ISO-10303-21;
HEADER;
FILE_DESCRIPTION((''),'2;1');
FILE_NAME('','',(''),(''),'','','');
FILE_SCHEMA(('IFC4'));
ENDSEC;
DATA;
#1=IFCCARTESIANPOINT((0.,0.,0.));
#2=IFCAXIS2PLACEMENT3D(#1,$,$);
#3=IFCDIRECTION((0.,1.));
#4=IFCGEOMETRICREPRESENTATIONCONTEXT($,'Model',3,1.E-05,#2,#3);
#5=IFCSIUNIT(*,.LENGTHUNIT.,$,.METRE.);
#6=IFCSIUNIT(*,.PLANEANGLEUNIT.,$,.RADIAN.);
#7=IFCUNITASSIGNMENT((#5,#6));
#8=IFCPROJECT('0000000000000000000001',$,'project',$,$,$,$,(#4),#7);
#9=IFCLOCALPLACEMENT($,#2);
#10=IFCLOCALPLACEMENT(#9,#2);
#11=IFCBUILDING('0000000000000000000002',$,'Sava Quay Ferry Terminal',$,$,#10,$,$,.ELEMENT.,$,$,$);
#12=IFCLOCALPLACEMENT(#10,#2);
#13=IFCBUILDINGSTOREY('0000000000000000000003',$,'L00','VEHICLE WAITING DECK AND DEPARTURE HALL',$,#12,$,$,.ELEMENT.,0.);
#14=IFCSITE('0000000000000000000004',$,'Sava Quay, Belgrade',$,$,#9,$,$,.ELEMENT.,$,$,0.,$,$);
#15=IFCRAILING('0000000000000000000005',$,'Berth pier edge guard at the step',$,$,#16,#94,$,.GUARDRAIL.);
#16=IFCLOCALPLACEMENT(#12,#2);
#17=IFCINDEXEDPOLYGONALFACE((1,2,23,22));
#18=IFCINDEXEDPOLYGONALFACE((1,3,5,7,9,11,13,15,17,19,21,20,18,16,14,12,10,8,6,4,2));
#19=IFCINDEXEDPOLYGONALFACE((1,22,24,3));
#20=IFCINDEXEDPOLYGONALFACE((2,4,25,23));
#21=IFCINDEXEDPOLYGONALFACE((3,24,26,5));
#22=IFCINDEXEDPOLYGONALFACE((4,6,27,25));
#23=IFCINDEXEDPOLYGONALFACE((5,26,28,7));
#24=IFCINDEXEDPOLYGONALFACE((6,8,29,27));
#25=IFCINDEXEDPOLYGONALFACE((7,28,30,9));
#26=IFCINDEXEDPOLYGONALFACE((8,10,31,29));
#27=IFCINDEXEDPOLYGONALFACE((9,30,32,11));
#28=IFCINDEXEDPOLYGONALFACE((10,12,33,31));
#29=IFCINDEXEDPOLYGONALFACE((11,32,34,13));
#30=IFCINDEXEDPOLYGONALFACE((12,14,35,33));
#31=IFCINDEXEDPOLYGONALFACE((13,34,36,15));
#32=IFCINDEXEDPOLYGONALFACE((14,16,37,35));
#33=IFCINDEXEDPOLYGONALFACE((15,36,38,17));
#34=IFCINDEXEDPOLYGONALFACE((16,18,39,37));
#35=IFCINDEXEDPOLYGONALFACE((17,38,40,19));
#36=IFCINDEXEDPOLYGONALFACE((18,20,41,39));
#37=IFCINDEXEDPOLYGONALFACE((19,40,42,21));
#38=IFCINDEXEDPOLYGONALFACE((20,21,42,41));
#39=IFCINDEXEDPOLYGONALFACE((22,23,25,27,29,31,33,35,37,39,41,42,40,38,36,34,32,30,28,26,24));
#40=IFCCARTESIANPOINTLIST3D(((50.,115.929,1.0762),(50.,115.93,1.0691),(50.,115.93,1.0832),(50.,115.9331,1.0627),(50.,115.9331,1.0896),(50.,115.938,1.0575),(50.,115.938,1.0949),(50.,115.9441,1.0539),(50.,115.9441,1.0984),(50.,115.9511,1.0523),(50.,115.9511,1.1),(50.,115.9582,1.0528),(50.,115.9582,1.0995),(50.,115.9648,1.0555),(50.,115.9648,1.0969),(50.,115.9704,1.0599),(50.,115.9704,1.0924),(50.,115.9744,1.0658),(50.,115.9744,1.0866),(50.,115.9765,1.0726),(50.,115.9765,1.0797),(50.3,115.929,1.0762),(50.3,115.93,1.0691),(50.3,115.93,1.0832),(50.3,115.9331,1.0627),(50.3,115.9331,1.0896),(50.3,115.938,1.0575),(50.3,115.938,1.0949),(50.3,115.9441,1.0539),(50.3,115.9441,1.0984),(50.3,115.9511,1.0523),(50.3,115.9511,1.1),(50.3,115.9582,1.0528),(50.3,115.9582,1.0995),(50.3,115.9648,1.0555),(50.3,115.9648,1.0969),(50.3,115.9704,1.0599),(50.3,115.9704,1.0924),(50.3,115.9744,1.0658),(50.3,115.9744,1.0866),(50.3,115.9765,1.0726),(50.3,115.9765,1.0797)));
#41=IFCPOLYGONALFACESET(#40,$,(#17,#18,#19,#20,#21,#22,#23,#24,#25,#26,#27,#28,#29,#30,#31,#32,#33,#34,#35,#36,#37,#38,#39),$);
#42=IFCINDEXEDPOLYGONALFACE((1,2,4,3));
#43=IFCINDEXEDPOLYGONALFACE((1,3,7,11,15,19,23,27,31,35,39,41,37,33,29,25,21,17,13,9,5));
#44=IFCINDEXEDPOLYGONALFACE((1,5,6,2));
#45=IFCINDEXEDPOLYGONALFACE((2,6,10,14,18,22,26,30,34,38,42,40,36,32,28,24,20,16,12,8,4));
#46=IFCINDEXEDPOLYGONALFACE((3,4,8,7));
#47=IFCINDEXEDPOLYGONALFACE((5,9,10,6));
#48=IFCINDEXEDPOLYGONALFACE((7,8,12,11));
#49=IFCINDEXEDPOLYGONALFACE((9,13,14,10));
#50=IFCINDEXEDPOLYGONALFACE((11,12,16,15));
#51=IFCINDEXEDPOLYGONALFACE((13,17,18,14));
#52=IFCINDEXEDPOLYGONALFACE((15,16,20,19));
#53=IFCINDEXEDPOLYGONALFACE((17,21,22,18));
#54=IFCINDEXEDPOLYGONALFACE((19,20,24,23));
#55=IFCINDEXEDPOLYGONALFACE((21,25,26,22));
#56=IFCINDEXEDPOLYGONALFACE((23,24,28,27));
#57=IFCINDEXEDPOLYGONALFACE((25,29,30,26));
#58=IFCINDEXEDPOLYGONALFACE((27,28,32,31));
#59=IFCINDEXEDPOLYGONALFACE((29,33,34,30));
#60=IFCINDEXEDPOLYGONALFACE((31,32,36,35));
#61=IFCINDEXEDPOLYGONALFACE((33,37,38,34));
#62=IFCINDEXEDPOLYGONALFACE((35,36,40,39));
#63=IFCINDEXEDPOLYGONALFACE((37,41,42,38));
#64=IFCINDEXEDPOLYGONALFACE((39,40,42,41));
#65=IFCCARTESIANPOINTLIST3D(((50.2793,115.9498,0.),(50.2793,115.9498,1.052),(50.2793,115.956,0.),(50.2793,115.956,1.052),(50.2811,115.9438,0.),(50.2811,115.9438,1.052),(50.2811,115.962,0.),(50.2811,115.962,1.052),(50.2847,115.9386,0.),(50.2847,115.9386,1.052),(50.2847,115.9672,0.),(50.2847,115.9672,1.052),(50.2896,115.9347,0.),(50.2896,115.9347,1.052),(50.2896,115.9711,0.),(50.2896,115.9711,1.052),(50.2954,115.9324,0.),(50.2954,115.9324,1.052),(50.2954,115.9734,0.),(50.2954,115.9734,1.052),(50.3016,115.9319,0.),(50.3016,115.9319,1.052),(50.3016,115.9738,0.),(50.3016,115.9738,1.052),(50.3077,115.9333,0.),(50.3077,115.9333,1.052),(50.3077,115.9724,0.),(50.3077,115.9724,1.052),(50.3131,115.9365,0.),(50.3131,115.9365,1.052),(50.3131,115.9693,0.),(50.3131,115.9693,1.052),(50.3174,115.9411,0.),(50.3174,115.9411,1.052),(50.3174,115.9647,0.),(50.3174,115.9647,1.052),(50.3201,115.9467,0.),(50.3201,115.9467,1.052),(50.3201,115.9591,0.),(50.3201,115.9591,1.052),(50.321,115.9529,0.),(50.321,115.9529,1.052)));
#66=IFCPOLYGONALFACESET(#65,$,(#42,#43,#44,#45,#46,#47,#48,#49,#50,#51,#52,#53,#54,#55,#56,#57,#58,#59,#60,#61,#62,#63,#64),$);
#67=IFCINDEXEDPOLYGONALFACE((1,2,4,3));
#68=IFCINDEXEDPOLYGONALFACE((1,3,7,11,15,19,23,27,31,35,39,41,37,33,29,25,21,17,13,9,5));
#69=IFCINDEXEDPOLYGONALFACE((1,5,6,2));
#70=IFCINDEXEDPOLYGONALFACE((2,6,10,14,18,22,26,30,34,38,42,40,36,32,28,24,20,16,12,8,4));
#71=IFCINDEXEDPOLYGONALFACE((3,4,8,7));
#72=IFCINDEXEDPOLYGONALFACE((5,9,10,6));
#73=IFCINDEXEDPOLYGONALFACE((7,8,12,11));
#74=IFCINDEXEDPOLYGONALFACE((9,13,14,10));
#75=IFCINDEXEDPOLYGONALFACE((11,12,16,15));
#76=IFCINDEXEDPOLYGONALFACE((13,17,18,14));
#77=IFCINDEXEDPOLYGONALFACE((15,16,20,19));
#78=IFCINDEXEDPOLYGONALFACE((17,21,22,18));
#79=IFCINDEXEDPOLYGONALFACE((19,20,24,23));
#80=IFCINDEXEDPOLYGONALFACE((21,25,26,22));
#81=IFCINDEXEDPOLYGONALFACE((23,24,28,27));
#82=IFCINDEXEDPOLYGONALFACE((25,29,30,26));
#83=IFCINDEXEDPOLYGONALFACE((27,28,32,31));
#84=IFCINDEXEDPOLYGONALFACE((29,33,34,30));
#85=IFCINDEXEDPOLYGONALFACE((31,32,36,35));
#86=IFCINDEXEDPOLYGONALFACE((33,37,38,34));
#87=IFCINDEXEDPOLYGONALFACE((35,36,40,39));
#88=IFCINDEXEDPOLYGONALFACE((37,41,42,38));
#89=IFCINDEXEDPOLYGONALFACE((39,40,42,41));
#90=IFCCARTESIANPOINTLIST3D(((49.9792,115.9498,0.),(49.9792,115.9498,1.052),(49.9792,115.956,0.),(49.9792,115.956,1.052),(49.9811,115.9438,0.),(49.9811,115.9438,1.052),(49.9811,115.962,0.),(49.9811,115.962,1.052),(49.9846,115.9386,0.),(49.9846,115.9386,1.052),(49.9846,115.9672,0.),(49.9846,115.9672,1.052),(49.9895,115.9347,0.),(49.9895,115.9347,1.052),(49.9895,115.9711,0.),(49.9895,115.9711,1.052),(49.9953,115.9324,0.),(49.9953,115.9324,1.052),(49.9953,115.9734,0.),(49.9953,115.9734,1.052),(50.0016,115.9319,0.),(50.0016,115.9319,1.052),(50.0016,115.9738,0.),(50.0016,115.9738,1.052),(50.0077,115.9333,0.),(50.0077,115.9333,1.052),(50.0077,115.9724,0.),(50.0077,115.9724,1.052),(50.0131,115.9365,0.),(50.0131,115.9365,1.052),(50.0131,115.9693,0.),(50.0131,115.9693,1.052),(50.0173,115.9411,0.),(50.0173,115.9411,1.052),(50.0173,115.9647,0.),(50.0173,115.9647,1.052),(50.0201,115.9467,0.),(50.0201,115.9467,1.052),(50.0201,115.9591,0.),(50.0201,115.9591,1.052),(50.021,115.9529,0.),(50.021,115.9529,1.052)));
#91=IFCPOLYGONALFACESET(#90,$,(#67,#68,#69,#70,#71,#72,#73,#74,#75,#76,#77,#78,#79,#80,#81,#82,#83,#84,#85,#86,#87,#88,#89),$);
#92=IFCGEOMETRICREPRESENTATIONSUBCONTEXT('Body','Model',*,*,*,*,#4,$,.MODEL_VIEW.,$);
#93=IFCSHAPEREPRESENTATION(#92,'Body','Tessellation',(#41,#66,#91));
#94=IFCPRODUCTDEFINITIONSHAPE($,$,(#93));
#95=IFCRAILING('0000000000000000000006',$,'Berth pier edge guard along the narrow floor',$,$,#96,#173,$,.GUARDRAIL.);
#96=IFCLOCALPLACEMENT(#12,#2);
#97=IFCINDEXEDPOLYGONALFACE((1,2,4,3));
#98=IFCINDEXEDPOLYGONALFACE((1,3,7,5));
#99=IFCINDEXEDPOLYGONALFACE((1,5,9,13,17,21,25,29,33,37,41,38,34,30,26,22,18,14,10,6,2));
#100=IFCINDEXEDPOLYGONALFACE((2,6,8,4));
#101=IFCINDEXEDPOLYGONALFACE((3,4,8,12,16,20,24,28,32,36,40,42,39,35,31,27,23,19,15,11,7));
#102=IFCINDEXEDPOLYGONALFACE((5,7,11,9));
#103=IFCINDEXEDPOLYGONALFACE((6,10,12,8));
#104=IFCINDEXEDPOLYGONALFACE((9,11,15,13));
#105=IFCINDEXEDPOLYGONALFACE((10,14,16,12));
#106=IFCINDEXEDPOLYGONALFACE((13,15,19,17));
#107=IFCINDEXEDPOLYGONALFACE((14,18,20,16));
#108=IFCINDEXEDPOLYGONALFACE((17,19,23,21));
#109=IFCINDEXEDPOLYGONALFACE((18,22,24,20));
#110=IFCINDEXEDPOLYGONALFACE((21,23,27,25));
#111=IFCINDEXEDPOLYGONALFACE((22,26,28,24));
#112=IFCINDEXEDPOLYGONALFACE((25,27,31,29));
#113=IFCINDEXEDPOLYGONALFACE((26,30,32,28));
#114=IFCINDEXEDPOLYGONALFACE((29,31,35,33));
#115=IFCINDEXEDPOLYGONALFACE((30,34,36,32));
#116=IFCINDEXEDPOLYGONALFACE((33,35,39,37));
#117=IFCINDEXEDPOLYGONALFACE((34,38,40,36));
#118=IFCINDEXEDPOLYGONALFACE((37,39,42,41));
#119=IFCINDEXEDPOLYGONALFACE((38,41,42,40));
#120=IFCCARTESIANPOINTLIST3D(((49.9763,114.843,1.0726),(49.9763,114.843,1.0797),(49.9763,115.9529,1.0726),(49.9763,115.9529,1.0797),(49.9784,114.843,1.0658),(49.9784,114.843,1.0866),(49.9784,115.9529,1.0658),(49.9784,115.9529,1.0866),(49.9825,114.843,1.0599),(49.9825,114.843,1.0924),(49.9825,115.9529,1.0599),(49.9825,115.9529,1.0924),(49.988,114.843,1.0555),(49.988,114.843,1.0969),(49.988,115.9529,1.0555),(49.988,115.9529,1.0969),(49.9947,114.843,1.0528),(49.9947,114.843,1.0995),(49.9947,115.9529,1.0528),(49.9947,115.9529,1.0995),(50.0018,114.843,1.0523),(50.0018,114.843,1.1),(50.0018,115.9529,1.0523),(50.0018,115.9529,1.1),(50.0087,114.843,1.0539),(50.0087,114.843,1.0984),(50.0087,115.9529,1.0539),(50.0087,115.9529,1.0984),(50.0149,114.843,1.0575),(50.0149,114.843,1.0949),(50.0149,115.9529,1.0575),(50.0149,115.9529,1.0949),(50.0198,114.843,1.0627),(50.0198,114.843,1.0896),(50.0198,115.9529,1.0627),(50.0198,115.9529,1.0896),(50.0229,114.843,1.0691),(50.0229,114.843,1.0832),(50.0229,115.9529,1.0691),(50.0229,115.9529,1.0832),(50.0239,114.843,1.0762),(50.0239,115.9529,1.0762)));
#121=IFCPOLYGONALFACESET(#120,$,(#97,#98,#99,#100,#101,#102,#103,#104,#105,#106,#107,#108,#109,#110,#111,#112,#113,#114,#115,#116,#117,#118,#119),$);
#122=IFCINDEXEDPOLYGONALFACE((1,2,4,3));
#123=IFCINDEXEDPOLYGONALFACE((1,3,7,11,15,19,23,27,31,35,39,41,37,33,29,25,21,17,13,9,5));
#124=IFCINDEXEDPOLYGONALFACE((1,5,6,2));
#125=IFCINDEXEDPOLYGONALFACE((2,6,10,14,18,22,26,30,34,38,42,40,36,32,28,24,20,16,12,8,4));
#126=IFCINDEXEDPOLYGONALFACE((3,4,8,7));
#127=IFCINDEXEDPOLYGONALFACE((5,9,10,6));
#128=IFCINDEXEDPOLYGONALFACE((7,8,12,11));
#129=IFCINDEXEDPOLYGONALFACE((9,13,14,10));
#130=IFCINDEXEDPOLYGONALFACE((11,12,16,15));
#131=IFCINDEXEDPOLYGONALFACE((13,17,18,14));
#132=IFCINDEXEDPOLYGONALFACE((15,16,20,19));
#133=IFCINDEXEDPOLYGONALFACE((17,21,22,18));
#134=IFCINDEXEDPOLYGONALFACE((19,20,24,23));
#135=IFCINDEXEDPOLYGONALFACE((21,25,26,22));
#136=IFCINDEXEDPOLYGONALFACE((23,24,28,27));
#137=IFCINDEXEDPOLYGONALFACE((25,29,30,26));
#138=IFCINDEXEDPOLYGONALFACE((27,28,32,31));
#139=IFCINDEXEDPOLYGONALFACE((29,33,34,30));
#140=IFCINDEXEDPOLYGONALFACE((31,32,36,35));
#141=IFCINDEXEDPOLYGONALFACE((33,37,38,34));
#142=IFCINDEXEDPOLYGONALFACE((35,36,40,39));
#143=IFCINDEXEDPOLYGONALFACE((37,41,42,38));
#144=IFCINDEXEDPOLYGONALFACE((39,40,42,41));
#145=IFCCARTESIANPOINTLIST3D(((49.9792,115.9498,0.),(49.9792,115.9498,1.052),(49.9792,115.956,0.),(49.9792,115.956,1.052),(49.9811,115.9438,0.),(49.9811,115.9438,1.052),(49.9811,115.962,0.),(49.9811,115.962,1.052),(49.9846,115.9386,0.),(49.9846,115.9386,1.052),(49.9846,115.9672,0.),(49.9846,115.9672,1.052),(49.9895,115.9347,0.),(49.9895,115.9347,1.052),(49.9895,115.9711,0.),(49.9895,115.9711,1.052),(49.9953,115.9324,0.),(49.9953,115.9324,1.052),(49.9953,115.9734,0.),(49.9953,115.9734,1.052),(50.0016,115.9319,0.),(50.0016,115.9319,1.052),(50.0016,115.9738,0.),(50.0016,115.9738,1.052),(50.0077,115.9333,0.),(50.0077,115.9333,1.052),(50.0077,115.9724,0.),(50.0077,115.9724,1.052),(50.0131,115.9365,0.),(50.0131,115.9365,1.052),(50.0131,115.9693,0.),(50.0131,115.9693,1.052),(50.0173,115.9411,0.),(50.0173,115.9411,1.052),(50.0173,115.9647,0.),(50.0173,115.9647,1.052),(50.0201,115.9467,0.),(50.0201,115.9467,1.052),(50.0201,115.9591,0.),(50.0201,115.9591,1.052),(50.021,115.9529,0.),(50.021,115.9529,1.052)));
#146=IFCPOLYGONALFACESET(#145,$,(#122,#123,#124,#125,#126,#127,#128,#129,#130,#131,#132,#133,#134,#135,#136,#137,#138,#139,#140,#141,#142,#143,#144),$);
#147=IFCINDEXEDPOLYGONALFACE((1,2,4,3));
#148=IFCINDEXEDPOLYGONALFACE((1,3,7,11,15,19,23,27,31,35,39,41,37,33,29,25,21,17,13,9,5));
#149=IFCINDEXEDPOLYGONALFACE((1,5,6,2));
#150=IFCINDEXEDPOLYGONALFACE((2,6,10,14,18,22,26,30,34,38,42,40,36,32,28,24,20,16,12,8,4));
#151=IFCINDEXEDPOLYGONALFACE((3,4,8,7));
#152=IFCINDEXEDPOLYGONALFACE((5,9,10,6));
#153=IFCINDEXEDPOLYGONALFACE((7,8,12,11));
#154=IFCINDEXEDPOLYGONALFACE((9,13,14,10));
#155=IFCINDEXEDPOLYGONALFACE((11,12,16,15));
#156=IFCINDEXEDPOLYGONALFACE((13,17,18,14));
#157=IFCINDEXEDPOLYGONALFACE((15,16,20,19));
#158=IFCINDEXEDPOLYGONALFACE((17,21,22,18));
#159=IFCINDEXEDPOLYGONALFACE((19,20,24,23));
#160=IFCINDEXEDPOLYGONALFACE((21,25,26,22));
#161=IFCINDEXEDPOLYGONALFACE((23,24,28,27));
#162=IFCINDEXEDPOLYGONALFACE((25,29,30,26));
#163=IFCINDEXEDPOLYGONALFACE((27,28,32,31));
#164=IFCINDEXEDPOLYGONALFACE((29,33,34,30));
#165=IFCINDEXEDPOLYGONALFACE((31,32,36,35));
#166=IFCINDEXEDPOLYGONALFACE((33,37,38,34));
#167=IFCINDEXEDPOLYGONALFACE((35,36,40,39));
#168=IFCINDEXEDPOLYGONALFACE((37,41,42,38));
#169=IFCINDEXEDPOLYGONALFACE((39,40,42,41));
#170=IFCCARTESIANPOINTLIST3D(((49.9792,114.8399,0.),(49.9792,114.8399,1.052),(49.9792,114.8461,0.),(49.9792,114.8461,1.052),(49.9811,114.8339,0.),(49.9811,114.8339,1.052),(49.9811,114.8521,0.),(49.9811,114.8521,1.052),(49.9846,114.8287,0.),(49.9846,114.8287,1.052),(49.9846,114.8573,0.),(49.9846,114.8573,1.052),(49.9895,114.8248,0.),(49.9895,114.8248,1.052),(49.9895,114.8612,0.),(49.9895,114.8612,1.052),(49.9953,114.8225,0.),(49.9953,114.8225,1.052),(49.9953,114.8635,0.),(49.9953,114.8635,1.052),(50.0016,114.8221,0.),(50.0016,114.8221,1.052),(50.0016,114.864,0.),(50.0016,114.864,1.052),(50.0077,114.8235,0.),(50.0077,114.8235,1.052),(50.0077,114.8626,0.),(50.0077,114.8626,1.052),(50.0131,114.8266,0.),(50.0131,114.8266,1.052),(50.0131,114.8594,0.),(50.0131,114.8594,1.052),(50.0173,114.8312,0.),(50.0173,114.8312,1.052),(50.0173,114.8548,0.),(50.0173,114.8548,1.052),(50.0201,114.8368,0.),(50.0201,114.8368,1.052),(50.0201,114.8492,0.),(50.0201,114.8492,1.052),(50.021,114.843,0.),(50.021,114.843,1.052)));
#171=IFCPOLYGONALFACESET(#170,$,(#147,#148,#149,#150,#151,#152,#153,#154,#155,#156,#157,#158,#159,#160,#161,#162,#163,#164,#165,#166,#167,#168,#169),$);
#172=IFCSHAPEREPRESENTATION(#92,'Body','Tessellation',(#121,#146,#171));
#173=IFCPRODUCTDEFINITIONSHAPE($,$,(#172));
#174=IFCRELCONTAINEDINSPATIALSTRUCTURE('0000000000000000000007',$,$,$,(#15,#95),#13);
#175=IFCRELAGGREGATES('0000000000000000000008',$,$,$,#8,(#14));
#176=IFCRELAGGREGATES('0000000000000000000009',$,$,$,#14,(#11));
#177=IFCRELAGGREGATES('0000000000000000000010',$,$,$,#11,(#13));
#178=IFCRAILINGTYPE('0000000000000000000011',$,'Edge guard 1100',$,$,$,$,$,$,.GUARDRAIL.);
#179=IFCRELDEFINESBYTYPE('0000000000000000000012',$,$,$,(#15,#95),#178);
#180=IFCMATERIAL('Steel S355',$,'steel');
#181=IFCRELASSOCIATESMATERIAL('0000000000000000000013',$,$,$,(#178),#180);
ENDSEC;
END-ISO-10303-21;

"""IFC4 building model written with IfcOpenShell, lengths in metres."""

from ifc_helpers import new_model, si_unit, direction, frame, origin, origin_2d, place, context, subcontext, project, spatial, circle, extrude, material, type_object, element, save


model = new_model("IFC4")

# Units and contexts
model_context = context("Model", 3, precision=1e-05, world=origin(), true_north=direction((0.0, 1.0)))
body_context = subcontext(model_context, "Body", "Model", "MODEL_VIEW")
ifc_project = project(units=[si_unit("LENGTHUNIT", "METRE"), si_unit("PLANEANGLEUNIT", "RADIAN")], contexts=[model_context])

# Site, building, storey
site_placement = place(None, origin())
site = spatial("IfcSite", under=ifc_project, at=site_placement, Name="Sava Quay, Belgrade", CompositionType="ELEMENT", RefElevation=0.0)
building_placement = place(site_placement, origin())
building = spatial("IfcBuilding", under=site, at=building_placement, Name="Sava Quay Ferry Terminal", CompositionType="ELEMENT")
storey_placement = place(building_placement, origin())
storey = spatial("IfcBuildingStorey", under=building, at=storey_placement, Name="L00", Description="VEHICLE WAITING DECK AND DEPARTURE HALL", CompositionType="ELEMENT", Elevation=0.0)

# Railings
ifc_material_1 = material(Name="Steel S355", Category="steel")
railing_type = type_object("IfcRailingType", Name="Edge guard 1100", PredefinedType="GUARDRAIL", material=ifc_material_1)
railing_1_placement = place(storey_placement, frame((50.3, 115.9529, 0.0)))
element("IfcRailing", 1, at=railing_1_placement, inside=storey, type_object=railing_type, Name="Berth pier edge guard at the step", PredefinedType="GUARDRAIL", context=body_context, shape_type="SweptSolid", body=[
    extrude(circle(Radius=0.0239, at=origin_2d()), frame((0.0, 0.0, 1.0762), z_axis=(-1.0, 0.0, 0.0), x_axis=(0.0, -1.0, 0.0)), (0.0, 0.0, 1.0), 0.3),
    extrude(circle(Radius=0.021, at=origin_2d()), origin(), (0.0, 0.0, 1.0), 1.052),
    extrude(circle(Radius=0.021, at=origin_2d()), frame((-0.3, 0.0, 0.0)), (0.0, 0.0, 1.0), 1.052),
])
railing_2_placement = place(storey_placement, frame((50.0, 115.9529, 0.0)))
element("IfcRailing", 2, at=railing_2_placement, inside=storey, type_object=railing_type, Name="Berth pier edge guard along the narrow floor", PredefinedType="GUARDRAIL", context=body_context, shape_type="SweptSolid", body=[
    extrude(circle(Radius=0.0239, at=origin_2d()), frame((0.0, 0.0, 1.0762), z_axis=(0.0, -1.0, 0.0), x_axis=(1.0, 0.0, 0.0)), (0.0, 0.0, 1.0), 1.1099),
    extrude(circle(Radius=0.021, at=origin_2d()), origin(), (0.0, 0.0, 1.0), 1.052),
    extrude(circle(Radius=0.021, at=origin_2d()), frame((0.0, -1.1099, 0.0)), (0.0, 0.0, 1.0), 1.052),
])

save(model, "model.ifc")
